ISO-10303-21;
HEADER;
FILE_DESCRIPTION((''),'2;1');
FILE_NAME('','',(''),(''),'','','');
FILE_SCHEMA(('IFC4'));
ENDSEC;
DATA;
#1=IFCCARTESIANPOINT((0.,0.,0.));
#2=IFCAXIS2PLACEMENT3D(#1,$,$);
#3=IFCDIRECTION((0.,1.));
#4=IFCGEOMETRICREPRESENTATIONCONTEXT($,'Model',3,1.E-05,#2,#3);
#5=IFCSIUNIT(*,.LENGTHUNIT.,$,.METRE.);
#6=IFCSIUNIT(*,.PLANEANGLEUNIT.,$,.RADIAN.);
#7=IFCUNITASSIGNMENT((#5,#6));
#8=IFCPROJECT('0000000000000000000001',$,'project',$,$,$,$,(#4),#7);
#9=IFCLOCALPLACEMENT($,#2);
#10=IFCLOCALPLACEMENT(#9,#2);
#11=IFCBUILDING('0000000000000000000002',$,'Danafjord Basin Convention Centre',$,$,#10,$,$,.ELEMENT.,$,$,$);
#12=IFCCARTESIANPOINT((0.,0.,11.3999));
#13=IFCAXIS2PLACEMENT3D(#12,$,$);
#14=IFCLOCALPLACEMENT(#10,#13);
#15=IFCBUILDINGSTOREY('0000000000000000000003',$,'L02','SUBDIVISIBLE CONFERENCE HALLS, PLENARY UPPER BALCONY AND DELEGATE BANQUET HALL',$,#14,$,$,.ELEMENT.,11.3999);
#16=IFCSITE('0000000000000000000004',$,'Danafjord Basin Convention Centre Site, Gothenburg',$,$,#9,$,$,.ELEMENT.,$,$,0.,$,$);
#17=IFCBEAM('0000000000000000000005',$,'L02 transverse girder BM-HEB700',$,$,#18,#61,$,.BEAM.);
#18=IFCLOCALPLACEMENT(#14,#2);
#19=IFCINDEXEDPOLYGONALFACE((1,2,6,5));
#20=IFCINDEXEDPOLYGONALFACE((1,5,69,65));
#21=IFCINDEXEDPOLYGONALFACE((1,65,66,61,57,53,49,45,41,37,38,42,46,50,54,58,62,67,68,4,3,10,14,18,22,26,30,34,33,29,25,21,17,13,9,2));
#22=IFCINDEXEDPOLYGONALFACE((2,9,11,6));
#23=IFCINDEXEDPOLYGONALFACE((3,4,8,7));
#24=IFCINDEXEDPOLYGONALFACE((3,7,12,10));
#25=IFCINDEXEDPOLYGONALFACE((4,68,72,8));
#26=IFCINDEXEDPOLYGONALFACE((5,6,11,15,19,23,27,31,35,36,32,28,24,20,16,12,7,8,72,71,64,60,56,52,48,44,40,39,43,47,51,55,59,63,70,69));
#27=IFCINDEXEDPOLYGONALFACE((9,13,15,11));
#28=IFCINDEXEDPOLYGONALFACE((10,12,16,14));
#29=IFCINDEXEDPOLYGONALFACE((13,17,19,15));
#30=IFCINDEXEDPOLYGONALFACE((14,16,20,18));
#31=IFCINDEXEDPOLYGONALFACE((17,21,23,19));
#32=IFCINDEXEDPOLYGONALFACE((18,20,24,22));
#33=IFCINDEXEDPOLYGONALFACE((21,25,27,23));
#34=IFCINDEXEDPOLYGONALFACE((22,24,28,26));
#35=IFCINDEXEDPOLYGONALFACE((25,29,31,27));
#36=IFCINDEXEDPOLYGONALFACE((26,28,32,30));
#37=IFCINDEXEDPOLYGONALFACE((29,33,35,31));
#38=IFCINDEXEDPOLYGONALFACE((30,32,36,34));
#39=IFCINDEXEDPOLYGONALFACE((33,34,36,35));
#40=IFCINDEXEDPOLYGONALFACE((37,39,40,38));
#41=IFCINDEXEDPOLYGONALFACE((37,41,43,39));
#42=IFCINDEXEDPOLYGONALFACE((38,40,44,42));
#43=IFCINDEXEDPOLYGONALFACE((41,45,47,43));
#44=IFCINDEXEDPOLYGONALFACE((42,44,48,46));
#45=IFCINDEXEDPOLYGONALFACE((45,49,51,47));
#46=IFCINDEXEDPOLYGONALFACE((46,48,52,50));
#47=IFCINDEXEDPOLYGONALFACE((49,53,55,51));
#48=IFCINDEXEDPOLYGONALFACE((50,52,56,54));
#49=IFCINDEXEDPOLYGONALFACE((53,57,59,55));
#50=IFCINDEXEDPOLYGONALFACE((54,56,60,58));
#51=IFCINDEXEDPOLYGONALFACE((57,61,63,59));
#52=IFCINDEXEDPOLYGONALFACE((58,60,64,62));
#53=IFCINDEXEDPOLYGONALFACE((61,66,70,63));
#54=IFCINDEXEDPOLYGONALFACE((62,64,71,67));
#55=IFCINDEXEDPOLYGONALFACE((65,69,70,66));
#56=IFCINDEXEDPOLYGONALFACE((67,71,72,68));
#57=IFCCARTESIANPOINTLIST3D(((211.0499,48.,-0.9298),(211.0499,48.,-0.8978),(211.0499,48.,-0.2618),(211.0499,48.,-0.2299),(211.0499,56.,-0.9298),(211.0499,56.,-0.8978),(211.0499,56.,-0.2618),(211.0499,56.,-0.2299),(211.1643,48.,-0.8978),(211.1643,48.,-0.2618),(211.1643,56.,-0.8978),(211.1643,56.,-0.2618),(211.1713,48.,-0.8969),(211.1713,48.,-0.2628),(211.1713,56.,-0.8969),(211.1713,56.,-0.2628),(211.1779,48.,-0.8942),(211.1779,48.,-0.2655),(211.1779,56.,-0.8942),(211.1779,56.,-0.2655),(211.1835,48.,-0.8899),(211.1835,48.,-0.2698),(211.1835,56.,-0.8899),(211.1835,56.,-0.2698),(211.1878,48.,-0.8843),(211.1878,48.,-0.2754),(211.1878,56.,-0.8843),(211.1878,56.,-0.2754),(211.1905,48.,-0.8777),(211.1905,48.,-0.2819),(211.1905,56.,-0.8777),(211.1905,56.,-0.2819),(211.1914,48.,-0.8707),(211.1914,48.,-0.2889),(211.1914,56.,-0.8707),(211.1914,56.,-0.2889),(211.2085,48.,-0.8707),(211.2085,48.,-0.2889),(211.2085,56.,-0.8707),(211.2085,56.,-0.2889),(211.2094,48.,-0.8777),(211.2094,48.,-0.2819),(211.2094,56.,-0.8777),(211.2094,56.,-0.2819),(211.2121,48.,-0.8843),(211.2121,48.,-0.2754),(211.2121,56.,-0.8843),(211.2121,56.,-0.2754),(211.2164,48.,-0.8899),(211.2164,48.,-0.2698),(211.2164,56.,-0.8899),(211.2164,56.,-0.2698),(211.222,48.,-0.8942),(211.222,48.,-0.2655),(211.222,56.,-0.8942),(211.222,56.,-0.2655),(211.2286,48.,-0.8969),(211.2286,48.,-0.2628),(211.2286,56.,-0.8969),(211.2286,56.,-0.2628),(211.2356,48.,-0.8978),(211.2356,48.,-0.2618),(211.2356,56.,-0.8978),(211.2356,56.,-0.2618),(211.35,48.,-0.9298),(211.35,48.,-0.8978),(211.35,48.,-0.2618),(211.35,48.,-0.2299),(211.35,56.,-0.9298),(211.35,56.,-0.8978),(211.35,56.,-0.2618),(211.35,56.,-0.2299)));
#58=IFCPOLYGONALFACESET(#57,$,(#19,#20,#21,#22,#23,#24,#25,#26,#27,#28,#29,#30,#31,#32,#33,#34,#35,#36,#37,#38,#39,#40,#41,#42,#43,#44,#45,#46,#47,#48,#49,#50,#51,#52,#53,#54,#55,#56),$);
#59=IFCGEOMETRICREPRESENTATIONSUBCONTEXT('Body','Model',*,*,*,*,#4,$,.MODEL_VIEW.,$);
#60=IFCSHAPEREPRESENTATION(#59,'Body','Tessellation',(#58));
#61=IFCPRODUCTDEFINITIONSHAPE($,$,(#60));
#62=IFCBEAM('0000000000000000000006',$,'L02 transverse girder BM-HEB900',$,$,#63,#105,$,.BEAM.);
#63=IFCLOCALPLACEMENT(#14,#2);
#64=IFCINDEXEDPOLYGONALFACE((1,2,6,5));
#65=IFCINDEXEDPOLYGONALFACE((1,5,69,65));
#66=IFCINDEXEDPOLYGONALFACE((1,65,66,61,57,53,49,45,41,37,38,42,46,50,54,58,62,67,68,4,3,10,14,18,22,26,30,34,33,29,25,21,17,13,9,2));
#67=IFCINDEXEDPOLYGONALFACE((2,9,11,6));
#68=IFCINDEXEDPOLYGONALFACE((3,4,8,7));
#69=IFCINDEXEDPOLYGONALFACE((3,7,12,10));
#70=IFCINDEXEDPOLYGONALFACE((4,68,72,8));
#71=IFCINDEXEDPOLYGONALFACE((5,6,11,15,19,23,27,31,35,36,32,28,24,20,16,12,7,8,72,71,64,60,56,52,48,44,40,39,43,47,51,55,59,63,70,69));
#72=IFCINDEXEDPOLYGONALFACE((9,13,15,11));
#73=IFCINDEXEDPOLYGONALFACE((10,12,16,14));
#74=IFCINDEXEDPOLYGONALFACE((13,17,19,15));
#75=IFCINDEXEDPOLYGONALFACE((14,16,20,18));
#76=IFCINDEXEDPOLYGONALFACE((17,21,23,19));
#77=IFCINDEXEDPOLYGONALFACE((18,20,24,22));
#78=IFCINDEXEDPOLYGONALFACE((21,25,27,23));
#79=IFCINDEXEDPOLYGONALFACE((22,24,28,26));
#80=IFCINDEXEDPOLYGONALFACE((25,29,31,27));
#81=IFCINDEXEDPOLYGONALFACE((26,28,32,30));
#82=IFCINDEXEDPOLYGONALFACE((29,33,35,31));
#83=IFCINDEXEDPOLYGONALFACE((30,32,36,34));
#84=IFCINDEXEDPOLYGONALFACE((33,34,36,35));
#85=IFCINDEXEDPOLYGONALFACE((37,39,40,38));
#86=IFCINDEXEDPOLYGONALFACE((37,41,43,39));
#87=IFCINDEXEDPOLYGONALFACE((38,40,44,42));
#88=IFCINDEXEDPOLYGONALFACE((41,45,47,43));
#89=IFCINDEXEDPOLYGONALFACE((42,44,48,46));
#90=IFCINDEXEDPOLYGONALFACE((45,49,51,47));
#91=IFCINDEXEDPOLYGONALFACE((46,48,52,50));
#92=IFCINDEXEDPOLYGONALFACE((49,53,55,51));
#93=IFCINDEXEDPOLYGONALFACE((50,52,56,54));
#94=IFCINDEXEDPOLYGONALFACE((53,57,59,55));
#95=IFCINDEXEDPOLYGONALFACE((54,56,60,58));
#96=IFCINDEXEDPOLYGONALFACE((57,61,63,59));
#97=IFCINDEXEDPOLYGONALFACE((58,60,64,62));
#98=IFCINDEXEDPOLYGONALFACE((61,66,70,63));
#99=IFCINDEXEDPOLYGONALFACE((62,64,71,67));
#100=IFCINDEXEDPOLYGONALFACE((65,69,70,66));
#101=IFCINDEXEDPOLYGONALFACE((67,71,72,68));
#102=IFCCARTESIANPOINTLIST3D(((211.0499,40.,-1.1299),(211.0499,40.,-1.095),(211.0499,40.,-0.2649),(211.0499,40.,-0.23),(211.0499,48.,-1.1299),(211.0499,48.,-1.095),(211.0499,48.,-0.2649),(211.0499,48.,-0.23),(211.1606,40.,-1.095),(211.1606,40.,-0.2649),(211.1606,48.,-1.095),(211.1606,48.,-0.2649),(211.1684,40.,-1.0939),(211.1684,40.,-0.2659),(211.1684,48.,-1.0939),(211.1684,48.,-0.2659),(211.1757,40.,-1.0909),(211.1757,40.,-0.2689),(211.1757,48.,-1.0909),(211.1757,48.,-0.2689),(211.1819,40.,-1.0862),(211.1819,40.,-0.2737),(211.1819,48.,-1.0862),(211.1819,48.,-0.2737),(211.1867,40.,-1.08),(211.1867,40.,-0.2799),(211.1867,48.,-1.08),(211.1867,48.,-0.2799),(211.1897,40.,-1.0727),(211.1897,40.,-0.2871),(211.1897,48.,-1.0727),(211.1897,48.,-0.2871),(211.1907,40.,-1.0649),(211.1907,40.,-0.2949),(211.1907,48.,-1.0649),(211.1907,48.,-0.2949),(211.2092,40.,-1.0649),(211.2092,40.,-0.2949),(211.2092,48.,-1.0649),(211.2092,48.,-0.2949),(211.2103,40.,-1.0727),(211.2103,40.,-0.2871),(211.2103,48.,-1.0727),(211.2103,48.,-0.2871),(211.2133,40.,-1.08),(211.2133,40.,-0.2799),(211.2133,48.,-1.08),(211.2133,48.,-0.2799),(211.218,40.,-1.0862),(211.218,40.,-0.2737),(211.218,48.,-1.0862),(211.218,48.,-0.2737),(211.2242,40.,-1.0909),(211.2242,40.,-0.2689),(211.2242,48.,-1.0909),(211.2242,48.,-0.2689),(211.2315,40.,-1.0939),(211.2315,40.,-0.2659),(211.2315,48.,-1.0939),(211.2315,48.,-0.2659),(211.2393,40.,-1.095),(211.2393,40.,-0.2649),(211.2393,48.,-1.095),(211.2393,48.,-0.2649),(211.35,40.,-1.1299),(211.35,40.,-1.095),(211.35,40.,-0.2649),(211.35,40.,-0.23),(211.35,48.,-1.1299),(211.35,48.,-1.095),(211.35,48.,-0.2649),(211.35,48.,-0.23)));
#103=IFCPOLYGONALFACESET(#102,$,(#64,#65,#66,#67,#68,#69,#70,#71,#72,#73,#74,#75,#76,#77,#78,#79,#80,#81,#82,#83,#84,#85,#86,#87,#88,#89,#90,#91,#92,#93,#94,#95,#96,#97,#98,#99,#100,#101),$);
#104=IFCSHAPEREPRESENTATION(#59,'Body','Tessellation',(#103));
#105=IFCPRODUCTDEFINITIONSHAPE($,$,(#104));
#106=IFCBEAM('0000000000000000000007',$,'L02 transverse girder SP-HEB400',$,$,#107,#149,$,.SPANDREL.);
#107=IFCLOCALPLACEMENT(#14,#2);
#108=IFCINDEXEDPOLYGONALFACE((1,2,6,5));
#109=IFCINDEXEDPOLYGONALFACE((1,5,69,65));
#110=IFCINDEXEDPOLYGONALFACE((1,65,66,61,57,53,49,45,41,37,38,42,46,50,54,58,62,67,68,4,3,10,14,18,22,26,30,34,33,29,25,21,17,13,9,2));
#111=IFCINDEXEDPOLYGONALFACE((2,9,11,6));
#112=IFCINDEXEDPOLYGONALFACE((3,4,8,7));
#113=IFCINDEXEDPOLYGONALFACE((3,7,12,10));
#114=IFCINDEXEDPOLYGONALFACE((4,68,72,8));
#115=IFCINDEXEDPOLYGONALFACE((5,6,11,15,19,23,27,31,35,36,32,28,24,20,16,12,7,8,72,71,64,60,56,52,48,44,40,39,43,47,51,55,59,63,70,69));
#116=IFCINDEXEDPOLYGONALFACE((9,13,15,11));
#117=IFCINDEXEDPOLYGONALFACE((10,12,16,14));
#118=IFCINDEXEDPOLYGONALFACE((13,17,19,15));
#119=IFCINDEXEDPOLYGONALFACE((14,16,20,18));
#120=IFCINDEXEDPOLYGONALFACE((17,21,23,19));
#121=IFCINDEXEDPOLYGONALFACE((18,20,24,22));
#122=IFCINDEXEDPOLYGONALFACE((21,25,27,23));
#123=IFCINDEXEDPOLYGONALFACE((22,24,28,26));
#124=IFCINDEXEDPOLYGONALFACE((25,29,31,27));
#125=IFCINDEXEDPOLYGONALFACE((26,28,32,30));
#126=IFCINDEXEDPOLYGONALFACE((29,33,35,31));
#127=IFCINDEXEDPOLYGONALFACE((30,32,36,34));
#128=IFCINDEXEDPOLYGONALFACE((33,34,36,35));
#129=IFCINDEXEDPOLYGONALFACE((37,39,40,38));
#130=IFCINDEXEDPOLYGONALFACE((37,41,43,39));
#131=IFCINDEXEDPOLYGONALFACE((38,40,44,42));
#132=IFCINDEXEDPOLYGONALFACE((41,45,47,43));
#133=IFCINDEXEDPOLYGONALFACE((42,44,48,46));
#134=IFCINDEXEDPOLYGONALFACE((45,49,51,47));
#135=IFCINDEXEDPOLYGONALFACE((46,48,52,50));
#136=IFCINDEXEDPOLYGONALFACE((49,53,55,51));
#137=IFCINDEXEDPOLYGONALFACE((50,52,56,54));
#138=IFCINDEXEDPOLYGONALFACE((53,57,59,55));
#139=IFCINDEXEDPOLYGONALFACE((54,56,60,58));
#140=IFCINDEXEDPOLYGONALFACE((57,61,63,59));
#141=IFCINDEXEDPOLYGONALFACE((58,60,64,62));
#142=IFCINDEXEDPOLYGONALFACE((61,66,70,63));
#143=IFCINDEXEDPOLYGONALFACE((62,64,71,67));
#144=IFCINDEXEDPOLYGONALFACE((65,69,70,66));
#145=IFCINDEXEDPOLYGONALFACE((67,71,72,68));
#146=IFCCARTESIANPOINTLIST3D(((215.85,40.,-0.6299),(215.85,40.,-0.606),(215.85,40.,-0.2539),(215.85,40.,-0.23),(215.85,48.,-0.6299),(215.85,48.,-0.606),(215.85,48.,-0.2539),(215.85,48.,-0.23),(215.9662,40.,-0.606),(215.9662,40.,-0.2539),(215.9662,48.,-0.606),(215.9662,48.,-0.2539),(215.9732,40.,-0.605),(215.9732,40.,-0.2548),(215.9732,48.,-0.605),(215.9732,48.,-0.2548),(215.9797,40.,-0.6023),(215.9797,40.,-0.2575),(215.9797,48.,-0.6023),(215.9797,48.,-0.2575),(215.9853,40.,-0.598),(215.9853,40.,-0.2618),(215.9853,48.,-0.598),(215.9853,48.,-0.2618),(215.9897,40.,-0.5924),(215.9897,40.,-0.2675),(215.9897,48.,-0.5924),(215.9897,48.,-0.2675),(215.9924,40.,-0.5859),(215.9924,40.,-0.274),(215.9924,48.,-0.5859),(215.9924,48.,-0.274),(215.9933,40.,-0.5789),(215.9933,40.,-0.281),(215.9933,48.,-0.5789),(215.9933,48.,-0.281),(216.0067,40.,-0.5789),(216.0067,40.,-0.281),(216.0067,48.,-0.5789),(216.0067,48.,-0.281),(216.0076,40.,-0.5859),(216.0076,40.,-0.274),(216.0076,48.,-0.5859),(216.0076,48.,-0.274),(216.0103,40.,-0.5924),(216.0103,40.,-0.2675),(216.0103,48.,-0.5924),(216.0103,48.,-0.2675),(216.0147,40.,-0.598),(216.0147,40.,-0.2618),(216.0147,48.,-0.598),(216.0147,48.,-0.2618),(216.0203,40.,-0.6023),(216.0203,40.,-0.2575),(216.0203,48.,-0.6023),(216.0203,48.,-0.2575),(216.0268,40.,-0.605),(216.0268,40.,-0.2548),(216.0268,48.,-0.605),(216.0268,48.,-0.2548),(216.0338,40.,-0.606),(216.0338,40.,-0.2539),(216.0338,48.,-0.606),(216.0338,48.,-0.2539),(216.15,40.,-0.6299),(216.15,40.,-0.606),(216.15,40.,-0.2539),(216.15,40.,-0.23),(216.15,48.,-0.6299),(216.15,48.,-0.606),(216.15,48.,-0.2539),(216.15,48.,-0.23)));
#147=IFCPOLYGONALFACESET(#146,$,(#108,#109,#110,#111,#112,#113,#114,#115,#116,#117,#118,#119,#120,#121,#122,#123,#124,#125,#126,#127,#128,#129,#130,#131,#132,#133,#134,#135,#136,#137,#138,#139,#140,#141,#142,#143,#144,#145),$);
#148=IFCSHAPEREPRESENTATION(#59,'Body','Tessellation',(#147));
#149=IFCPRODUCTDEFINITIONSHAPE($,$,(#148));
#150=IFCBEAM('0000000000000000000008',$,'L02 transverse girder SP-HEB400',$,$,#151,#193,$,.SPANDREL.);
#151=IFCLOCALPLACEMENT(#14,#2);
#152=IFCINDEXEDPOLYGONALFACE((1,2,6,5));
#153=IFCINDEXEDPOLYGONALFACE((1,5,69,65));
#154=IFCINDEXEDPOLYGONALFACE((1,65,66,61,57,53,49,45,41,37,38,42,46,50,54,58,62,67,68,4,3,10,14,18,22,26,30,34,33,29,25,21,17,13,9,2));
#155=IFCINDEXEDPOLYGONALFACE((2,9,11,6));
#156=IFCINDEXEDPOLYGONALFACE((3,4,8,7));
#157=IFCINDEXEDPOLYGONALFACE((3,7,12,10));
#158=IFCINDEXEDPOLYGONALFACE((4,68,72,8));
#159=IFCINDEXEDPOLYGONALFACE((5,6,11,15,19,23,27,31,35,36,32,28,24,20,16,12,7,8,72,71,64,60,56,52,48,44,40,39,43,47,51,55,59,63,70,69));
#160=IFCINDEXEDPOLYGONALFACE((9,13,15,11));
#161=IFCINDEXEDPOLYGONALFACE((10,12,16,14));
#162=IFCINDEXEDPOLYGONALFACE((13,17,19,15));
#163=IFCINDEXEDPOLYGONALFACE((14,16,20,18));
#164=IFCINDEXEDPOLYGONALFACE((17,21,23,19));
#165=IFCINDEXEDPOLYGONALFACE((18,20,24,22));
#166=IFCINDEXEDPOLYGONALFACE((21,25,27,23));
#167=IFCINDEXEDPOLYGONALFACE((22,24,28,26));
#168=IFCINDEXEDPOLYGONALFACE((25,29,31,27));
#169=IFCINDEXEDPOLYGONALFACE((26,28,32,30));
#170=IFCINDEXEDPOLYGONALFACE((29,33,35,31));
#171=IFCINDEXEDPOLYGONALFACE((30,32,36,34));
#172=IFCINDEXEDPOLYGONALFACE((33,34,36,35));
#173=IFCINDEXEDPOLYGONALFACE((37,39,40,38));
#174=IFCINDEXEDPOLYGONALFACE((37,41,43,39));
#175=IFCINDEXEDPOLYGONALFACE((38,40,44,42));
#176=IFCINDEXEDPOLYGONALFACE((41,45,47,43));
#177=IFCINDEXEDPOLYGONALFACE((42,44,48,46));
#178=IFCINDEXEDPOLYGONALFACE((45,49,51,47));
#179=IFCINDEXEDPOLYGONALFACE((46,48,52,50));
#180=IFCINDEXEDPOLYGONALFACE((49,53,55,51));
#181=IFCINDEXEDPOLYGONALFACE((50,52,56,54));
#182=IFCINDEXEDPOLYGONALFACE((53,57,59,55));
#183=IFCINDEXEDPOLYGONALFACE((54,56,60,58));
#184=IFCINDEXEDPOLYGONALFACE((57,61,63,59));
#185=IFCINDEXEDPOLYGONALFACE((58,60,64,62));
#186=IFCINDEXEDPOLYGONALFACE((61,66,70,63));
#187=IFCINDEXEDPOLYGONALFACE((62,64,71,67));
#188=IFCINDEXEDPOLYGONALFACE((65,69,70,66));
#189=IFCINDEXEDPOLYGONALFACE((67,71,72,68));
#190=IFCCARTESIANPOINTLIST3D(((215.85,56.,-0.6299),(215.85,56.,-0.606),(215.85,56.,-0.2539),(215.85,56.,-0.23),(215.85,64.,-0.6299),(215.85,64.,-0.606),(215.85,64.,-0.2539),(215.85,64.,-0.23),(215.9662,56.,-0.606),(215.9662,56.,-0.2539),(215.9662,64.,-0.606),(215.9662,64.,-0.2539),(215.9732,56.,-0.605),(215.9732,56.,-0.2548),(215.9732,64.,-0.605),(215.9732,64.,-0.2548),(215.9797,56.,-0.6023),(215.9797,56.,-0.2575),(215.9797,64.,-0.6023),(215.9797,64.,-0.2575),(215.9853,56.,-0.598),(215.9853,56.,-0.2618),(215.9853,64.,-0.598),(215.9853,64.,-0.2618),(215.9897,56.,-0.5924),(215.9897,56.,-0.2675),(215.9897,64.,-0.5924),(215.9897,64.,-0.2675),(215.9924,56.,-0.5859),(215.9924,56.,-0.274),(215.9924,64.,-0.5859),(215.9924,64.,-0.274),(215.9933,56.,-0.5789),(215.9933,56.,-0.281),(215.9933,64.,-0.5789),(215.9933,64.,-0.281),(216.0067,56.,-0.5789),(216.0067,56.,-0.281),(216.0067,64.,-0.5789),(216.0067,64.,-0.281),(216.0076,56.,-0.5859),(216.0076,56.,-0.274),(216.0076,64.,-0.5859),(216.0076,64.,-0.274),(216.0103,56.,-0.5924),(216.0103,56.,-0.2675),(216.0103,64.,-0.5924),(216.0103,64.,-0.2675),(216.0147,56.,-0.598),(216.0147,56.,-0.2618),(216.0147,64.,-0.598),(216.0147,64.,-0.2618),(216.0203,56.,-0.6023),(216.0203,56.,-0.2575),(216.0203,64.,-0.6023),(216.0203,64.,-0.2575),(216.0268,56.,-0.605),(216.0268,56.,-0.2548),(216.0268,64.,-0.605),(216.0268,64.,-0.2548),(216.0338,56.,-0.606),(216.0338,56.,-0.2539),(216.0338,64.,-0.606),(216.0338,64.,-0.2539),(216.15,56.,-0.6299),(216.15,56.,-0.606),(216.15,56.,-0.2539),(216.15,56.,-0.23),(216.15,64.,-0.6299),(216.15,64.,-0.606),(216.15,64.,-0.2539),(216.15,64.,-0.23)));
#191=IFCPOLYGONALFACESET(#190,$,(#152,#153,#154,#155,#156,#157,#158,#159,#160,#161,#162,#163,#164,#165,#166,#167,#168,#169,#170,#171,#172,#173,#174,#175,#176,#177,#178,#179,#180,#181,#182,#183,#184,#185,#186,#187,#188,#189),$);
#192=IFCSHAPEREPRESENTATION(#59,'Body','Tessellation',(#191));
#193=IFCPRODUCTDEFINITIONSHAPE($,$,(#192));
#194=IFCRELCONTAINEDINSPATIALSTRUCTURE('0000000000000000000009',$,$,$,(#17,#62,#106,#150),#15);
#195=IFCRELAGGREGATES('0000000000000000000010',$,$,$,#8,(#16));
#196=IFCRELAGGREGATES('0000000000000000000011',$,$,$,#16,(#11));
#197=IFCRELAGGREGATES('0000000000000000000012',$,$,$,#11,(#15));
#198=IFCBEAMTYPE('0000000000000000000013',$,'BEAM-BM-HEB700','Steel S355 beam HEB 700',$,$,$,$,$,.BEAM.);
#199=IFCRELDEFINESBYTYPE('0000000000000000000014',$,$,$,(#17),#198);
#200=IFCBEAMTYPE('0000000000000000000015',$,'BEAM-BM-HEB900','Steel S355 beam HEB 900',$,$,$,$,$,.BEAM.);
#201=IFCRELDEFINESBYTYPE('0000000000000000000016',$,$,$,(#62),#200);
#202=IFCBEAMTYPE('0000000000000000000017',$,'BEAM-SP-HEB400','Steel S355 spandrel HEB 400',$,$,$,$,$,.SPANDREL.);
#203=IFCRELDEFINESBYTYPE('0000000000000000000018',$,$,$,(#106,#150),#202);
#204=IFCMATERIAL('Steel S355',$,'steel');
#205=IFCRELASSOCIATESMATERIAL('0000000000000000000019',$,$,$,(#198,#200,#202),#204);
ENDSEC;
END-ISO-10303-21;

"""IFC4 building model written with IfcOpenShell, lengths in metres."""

from ifc_helpers import new_model, si_unit, direction, frame, origin, origin_2d, place, context, subcontext, project, spatial, i_section, extrude, material, material_profile, profile_set, type_object, element, save


model = new_model("IFC4")

# Units and contexts
model_context = context("Model", 3, precision=1e-05, world=origin(), true_north=direction((0.0, 1.0)))
body_context = subcontext(model_context, "Body", "Model", "MODEL_VIEW")
ifc_project = project(units=[si_unit("LENGTHUNIT", "METRE"), si_unit("PLANEANGLEUNIT", "RADIAN")], contexts=[model_context])

# Site, building, storey
site_placement = place(None, origin())
site = spatial("IfcSite", under=ifc_project, at=site_placement, Name="Danafjord Basin Convention Centre Site, Gothenburg", CompositionType="ELEMENT", RefElevation=0.0)
building_placement = place(site_placement, origin())
building = spatial("IfcBuilding", under=site, at=building_placement, Name="Danafjord Basin Convention Centre", CompositionType="ELEMENT")
storey_placement = place(building_placement, frame((0.0, 0.0, 11.3999)))
storey = spatial("IfcBuildingStorey", under=building, at=storey_placement, Name="L02", Description="SUBDIVISIBLE CONFERENCE HALLS, PLENARY UPPER BALCONY AND DELEGATE BANQUET HALL", CompositionType="ELEMENT", Elevation=11.3999)

# Shared definitions
ifc_material_1 = material(Name="Steel S355", Category="steel")

# Beams
ifc_material_profile_1 = material_profile(ifc_material_1, i_section(OverallWidth=0.3, OverallDepth=0.7, WebThickness=0.0171, FlangeThickness=0.032, FilletRadius=0.0271, at=origin_2d()), Name="HEB 700")
ifc_profile_set_1 = profile_set([ifc_material_profile_1], Name="Steel S355")
beam_type_1 = type_object("IfcBeamType", Name="BEAM-BM-HEB700", Description="Steel S355 beam HEB 700", PredefinedType="BEAM", material=ifc_profile_set_1)
beam_1_placement = place(storey_placement, frame((211.2, 48.0, -0.5798), z_axis=(0.0, 1.0, 0.0), x_axis=(-1.0, 0.0, 0.0)))
element("IfcBeam", 1, at=beam_1_placement, inside=storey, type_object=beam_type_1, Name="L02 transverse girder BM-HEB700", PredefinedType="BEAM", context=body_context, shape_type="SweptSolid", body=[
    extrude(i_section(OverallWidth=0.3, OverallDepth=0.7, WebThickness=0.0171, FlangeThickness=0.032, FilletRadius=0.0271, at=origin_2d()), origin(), (0.0, 0.0, 1.0), 8.0),
])
ifc_material_profile_2 = material_profile(ifc_material_1, i_section(OverallWidth=0.3, OverallDepth=0.8999, WebThickness=0.0186, FlangeThickness=0.0349, FilletRadius=0.03, at=origin_2d()), Name="HEB 900")
ifc_profile_set_2 = profile_set([ifc_material_profile_2], Name="Steel S355")
beam_type_2 = type_object("IfcBeamType", Name="BEAM-BM-HEB900", Description="Steel S355 beam HEB 900", PredefinedType="BEAM", material=ifc_profile_set_2)
beam_2_placement = place(storey_placement, frame((211.2, 40.0, -0.6799), z_axis=(0.0, 1.0, 0.0), x_axis=(-1.0, 0.0, 0.0)))
element("IfcBeam", 2, at=beam_2_placement, inside=storey, type_object=beam_type_2, Name="L02 transverse girder BM-HEB900", PredefinedType="BEAM", context=body_context, shape_type="SweptSolid", body=[
    extrude(i_section(OverallWidth=0.3, OverallDepth=0.8999, WebThickness=0.0186, FlangeThickness=0.0349, FilletRadius=0.03, at=origin_2d()), origin(), (0.0, 0.0, 1.0), 8.0),
])
ifc_material_profile_3 = material_profile(ifc_material_1, i_section(OverallWidth=0.3, OverallDepth=0.3999, WebThickness=0.0134, FlangeThickness=0.0239, FilletRadius=0.0271, at=origin_2d()), Name="HEB 400")
ifc_profile_set_3 = profile_set([ifc_material_profile_3], Name="Steel S355")
beam_type_3 = type_object("IfcBeamType", Name="BEAM-SP-HEB400", Description="Steel S355 spandrel HEB 400", PredefinedType="SPANDREL", material=ifc_profile_set_3)
for number, where, z_axis, x_axis, name in (
    (3, (216.0, 40.0, -0.4299), (0.0, 1.0, 0.0), (-1.0, 0.0, 0.0), "L02 transverse girder SP-HEB400"),
    (4, (216.0, 56.0, -0.4299), (0.0, 1.0, 0.0), (-1.0, 0.0, 0.0), "L02 transverse girder SP-HEB400"),
):
    element("IfcBeam", number, at=place(storey_placement, frame(where, z_axis=z_axis, x_axis=x_axis)), inside=storey, type_object=beam_type_3, Name=name, PredefinedType="SPANDREL", context=body_context, shape_type="SweptSolid", body=[
        extrude(i_section(OverallWidth=0.3, OverallDepth=0.3999, WebThickness=0.0134, FlangeThickness=0.0239, FilletRadius=0.0271, at=origin_2d()), origin(), (0.0, 0.0, 1.0), 8.0),
    ])

save(model, "model.ifc")
